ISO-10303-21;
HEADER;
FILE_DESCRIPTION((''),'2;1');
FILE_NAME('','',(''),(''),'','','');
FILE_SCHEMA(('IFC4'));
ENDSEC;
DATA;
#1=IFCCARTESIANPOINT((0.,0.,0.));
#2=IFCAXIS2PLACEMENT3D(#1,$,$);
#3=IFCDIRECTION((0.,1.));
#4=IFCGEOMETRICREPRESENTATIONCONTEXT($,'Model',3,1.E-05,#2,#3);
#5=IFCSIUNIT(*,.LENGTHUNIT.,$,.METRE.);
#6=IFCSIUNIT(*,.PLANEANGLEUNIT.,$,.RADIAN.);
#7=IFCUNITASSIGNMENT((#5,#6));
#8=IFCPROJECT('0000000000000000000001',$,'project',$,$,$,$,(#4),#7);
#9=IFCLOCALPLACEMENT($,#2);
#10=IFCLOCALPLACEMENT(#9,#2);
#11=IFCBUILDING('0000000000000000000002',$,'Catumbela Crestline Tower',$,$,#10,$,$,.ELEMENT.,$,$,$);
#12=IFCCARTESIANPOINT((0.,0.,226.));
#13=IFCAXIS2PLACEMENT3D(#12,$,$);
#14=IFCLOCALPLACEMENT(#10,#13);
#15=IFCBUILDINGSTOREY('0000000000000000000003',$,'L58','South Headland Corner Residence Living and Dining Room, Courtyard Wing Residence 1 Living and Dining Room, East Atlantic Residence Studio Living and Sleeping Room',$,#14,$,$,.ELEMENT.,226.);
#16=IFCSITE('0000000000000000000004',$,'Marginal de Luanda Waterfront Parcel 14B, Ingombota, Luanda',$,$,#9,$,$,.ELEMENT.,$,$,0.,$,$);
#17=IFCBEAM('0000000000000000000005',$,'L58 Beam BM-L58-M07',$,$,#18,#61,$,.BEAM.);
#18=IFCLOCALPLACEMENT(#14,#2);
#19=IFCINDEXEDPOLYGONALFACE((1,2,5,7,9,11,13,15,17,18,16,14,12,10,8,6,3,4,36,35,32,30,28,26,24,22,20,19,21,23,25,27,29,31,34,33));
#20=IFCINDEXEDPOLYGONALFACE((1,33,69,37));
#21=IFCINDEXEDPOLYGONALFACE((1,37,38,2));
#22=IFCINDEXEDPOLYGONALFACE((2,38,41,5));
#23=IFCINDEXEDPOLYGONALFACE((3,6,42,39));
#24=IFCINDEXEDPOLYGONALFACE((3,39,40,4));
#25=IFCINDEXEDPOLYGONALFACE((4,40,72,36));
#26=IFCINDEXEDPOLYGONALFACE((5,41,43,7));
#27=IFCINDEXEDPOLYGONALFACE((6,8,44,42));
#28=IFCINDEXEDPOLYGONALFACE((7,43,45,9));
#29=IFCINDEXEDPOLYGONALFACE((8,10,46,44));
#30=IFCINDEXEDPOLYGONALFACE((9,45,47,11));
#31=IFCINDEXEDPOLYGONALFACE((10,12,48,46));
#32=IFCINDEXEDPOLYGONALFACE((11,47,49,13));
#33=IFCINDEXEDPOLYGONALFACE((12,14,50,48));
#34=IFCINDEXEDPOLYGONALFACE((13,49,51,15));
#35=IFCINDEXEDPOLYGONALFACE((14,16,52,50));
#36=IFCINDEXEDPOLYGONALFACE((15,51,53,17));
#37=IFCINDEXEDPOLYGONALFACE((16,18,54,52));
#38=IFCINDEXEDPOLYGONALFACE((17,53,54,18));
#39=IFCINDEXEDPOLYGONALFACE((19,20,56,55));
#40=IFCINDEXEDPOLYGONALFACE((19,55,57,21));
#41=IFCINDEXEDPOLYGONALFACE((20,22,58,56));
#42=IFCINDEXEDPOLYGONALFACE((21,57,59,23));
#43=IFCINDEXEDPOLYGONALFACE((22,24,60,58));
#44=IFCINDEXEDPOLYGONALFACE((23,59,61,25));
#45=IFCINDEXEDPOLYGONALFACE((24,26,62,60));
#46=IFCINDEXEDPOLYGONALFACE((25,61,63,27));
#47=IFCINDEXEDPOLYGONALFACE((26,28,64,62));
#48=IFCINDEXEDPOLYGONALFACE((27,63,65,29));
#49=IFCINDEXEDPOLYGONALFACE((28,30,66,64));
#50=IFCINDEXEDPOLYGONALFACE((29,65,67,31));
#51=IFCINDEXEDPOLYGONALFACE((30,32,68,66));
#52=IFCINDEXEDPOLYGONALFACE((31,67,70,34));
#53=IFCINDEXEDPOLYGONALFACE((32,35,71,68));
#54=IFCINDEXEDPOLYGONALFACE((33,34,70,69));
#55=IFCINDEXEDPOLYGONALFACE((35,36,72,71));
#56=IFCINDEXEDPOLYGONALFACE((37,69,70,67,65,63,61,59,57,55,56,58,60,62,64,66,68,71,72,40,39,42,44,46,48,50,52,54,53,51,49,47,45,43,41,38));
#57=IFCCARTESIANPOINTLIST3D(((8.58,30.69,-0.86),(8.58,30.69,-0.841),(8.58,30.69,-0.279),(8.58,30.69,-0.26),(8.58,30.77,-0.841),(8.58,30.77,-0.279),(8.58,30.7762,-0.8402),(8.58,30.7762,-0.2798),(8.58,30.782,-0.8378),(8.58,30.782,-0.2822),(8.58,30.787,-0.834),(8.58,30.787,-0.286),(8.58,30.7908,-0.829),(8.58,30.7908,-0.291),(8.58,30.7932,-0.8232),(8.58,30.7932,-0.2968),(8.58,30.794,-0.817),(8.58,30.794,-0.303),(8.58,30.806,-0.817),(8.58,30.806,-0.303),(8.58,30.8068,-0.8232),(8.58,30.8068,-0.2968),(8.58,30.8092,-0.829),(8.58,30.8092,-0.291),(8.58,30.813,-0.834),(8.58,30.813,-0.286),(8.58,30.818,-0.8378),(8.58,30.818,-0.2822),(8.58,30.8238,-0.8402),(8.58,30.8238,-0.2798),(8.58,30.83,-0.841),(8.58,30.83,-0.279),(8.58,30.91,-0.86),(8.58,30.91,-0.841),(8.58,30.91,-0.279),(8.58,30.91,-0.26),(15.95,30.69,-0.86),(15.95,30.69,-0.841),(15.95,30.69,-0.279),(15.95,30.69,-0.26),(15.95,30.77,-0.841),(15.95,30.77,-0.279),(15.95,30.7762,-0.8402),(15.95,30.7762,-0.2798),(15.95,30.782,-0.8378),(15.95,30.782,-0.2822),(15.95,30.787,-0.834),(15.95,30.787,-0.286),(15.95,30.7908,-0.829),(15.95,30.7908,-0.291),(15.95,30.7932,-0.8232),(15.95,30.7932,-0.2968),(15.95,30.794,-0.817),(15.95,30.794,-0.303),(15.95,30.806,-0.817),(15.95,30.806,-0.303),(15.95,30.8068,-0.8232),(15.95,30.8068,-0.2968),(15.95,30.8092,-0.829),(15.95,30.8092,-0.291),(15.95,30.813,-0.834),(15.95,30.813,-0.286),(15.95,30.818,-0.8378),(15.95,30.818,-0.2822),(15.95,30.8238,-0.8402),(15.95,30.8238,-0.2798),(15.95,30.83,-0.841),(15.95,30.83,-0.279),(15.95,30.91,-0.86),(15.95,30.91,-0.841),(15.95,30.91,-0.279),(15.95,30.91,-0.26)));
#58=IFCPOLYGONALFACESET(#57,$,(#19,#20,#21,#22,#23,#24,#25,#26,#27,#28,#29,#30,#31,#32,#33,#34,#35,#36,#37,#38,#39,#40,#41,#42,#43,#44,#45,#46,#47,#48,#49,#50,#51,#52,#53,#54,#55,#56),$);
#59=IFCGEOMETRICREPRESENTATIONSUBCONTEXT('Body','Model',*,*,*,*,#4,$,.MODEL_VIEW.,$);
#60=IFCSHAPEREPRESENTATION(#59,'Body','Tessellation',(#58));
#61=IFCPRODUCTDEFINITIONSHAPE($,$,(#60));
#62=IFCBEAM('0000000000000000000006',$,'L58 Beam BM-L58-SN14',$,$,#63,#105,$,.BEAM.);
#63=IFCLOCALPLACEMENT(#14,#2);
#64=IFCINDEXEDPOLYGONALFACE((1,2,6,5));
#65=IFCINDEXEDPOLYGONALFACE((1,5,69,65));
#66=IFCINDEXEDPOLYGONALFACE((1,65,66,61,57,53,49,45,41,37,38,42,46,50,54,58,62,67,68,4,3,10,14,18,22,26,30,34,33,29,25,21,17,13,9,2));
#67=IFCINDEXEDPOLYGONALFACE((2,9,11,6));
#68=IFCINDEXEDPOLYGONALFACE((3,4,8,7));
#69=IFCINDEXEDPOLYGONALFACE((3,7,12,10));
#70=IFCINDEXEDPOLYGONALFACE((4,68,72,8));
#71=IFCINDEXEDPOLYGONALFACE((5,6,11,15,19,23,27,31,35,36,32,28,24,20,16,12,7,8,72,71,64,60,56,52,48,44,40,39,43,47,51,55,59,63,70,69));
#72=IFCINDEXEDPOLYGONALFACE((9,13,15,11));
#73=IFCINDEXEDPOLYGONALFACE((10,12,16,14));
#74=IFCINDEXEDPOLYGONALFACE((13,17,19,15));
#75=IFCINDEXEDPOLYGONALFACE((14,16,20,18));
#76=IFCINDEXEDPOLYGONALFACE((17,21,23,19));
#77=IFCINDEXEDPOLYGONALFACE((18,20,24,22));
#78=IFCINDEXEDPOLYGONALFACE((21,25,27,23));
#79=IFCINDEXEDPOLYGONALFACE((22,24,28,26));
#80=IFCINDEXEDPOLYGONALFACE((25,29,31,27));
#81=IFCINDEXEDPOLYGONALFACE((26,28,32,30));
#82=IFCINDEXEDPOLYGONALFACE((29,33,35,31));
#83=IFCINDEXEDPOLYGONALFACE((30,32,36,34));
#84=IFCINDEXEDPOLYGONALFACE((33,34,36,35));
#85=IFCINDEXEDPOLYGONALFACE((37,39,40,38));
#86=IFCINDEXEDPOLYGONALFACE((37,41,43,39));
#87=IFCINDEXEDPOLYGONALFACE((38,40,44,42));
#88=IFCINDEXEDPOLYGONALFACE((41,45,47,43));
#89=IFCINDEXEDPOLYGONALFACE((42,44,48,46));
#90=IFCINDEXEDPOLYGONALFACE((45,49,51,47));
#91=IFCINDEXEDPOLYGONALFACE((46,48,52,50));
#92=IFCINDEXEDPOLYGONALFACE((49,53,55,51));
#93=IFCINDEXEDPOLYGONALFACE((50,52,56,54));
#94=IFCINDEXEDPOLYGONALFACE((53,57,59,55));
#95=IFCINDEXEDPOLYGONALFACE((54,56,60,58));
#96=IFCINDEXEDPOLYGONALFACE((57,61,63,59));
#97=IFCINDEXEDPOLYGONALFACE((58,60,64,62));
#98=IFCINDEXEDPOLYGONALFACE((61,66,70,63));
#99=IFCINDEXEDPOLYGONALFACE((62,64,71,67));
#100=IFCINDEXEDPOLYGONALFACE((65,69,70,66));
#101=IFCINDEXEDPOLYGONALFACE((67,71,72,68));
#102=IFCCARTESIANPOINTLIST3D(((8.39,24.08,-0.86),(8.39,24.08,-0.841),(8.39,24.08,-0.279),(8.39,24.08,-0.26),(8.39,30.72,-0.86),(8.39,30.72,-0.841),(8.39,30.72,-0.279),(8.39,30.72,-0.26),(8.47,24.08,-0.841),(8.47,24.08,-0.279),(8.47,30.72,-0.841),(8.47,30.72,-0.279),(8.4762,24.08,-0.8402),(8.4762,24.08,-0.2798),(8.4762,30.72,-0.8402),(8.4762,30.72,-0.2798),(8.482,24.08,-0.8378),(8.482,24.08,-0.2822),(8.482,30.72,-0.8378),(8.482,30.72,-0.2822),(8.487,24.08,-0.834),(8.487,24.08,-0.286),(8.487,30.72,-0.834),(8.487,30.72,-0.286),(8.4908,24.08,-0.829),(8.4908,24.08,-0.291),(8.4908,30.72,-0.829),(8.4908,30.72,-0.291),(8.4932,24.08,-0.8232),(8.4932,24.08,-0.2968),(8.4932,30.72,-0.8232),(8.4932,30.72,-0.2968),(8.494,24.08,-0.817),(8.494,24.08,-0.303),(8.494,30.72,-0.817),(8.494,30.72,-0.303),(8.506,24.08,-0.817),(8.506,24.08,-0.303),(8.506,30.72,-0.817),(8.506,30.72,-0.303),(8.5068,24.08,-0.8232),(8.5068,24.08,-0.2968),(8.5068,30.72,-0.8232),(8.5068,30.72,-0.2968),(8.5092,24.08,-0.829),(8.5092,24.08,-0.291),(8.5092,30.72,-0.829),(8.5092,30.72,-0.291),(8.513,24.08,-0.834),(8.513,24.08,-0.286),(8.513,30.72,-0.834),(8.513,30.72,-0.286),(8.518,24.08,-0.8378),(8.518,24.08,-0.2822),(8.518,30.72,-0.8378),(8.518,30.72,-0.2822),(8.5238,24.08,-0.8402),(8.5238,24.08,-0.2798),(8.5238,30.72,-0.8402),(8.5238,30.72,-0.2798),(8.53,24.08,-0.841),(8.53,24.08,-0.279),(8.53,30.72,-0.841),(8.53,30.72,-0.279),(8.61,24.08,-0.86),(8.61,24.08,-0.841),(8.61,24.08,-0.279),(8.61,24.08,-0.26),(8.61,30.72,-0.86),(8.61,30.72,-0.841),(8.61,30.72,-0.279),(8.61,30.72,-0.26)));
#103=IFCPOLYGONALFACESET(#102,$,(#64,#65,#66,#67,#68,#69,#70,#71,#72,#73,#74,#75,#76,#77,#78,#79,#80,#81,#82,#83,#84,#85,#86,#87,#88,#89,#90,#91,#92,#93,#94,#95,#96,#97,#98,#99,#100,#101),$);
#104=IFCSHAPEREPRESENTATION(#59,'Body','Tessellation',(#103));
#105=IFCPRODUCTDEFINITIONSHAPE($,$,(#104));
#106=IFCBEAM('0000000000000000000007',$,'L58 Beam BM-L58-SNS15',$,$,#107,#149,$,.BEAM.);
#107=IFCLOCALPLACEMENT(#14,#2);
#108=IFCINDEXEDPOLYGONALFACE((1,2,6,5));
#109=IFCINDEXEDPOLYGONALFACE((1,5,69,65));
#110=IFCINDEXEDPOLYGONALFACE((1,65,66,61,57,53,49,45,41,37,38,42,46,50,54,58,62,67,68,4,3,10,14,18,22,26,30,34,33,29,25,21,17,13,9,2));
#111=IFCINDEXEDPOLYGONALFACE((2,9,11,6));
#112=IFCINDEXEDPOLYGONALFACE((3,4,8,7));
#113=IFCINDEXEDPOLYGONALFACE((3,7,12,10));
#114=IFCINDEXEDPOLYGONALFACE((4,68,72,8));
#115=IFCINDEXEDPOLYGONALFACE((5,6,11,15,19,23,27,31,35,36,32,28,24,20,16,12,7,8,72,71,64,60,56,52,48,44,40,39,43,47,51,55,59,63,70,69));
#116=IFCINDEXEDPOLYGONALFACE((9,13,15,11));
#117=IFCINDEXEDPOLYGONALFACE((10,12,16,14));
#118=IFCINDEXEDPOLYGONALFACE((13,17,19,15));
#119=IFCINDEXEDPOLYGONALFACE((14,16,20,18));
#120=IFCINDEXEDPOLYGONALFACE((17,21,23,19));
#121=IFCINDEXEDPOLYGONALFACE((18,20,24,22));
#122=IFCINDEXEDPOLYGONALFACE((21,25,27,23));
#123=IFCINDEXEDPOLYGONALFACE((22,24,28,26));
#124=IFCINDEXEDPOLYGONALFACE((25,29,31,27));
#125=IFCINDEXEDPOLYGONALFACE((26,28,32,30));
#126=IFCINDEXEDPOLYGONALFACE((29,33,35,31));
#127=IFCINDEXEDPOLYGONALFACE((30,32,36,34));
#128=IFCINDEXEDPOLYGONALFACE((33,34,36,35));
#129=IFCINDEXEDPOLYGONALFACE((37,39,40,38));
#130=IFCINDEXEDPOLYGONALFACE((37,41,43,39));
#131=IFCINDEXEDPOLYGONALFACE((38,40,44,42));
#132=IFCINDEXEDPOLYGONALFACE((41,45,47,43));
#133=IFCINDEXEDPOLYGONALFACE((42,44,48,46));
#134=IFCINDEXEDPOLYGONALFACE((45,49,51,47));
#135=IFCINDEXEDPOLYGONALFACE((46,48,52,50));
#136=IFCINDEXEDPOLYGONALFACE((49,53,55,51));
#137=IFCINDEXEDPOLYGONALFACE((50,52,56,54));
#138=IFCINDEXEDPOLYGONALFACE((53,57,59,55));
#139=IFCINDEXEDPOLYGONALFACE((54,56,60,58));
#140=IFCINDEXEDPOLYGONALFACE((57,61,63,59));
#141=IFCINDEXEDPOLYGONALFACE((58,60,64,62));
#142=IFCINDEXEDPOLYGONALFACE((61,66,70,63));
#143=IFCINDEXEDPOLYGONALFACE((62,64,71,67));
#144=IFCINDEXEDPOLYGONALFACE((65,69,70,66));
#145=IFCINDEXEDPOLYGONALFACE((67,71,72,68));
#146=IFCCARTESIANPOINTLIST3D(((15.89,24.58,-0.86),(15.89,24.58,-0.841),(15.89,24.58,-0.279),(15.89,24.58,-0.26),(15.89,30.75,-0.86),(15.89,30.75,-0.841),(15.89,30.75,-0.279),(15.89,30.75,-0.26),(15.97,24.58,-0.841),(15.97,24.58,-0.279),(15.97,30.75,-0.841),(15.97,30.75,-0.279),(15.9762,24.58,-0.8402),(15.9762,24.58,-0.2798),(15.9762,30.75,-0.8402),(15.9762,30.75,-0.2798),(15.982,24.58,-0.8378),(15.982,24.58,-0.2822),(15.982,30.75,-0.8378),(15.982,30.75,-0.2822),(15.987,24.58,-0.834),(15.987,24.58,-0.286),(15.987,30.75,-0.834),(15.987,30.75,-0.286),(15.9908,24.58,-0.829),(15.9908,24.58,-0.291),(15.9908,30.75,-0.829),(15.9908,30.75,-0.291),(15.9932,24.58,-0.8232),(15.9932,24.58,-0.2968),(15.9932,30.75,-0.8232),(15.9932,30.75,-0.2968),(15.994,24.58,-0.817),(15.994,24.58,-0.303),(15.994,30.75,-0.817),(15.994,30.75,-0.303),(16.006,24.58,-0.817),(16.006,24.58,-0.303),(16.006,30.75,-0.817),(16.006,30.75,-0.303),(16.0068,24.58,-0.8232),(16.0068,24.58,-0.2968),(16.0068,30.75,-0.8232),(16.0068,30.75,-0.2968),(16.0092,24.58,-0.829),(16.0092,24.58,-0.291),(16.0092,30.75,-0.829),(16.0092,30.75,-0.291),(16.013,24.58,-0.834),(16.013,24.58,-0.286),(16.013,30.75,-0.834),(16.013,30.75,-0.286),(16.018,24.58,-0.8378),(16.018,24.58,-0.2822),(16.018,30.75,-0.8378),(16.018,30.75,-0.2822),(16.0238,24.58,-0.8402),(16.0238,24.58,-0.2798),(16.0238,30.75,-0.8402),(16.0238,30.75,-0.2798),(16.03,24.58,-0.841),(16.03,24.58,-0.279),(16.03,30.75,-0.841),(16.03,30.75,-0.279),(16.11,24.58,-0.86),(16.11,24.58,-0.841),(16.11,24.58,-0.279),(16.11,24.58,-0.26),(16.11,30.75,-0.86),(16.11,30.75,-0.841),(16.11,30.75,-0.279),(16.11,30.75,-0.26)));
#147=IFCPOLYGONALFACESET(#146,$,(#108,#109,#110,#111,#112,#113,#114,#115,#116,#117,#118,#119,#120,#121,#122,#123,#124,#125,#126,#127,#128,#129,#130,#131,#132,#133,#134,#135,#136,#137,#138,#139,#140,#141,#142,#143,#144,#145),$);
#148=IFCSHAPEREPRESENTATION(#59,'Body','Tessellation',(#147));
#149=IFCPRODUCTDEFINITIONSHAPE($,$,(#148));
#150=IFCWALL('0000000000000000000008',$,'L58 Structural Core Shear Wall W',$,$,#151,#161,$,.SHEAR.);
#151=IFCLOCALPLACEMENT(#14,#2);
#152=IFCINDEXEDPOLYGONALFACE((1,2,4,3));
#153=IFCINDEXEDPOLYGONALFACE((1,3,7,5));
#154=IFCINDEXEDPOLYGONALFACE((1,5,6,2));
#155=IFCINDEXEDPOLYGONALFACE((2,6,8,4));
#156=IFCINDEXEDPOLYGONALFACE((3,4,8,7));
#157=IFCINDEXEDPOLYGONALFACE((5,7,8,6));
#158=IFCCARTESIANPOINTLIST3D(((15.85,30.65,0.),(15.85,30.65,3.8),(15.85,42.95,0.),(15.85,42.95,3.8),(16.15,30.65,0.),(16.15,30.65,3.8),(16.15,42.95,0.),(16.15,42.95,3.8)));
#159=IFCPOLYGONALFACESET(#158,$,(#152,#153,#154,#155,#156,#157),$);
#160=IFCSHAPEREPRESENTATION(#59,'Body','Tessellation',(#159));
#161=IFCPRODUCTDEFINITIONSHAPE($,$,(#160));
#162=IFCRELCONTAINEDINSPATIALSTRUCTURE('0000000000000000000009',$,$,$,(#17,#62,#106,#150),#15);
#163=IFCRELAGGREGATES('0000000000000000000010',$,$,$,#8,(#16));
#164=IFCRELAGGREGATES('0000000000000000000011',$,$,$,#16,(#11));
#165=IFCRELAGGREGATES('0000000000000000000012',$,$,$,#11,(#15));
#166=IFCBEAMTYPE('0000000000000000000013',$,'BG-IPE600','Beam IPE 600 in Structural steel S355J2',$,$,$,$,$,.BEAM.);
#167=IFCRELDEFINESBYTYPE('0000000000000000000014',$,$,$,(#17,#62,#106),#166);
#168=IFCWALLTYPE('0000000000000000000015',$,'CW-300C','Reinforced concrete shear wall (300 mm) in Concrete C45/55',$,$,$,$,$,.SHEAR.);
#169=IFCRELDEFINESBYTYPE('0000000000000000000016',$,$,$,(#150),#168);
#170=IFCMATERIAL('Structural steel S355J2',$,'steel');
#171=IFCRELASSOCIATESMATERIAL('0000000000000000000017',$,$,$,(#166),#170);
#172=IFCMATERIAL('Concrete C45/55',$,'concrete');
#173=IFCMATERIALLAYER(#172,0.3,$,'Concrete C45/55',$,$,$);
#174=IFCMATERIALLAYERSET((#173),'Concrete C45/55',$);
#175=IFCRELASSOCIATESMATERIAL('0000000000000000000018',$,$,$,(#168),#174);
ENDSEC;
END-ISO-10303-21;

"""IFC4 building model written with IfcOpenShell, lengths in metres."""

from ifc_helpers import new_model, si_unit, direction, frame, frame_2d, origin, origin_2d, place, context, subcontext, project, spatial, rectangle, i_section, extrude, material, layer, layer_set, material_profile, profile_set, type_object, element, save


model = new_model("IFC4")

# Units and contexts
model_context = context("Model", 3, precision=1e-05, world=origin(), true_north=direction((0.0, 1.0)))
body_context = subcontext(model_context, "Body", "Model", "MODEL_VIEW")
ifc_project = project(units=[si_unit("LENGTHUNIT", "METRE"), si_unit("PLANEANGLEUNIT", "RADIAN")], contexts=[model_context])

# Site, building, storey
site_placement = place(None, origin())
site = spatial("IfcSite", under=ifc_project, at=site_placement, Name="Marginal de Luanda Waterfront Parcel 14B, Ingombota, Luanda", CompositionType="ELEMENT", RefElevation=0.0)
building_placement = place(site_placement, origin())
building = spatial("IfcBuilding", under=site, at=building_placement, Name="Catumbela Crestline Tower", CompositionType="ELEMENT")
storey_placement = place(building_placement, frame((0.0, 0.0, 226.0)))
storey = spatial("IfcBuildingStorey", under=building, at=storey_placement, Name="L58", Description="South Headland Corner Residence Living and Dining Room, Courtyard Wing Residence 1 Living and Dining Room, East Atlantic Residence Studio Living and Sleeping Room", CompositionType="ELEMENT", Elevation=226.0)

# Shared definitions
ifc_material_1 = material(Name="Concrete C45/55", Category="concrete")
ifc_material_2 = material(Name="Structural steel S355J2", Category="steel")

# Beams
ifc_material_profile_1 = material_profile(ifc_material_2, i_section(OverallWidth=0.22, OverallDepth=0.6, WebThickness=0.012, FlangeThickness=0.019, FilletRadius=0.024, at=origin_2d()), Name="IPE 600")
ifc_profile_set_1 = profile_set([ifc_material_profile_1], Name="Structural steel S355J2")
beam_type = type_object("IfcBeamType", Name="BG-IPE600", Description="Beam IPE 600 in Structural steel S355J2", PredefinedType="BEAM", material=ifc_profile_set_1)
beam_1_placement = place(storey_placement, frame((8.58, 30.8, -0.56), z_axis=(1.0, 0.0, 0.0), x_axis=(0.0, 1.0, 0.0)))
element("IfcBeam", 1, at=beam_1_placement, inside=storey, type_object=beam_type, Name="L58 Beam BM-L58-M07", PredefinedType="BEAM", context=body_context, shape_type="SweptSolid", body=[
    extrude(i_section(OverallWidth=0.22, OverallDepth=0.6, WebThickness=0.012, FlangeThickness=0.019, FilletRadius=0.024, at=origin_2d()), origin(), (0.0, 0.0, 1.0), 7.37),
])
beam_2_placement = place(storey_placement, frame((8.5, 24.08, -0.56), z_axis=(0.0, 1.0, 0.0), x_axis=(-1.0, 0.0, 0.0)))
element("IfcBeam", 2, at=beam_2_placement, inside=storey, type_object=beam_type, Name="L58 Beam BM-L58-SN14", PredefinedType="BEAM", context=body_context, shape_type="SweptSolid", body=[
    extrude(i_section(OverallWidth=0.22, OverallDepth=0.6, WebThickness=0.012, FlangeThickness=0.019, FilletRadius=0.024, at=origin_2d()), origin(), (0.0, 0.0, 1.0), 6.64),
])
beam_3_placement = place(storey_placement, frame((16.0, 24.58, -0.56), z_axis=(0.0, 1.0, 0.0), x_axis=(-1.0, 0.0, 0.0)))
element("IfcBeam", 3, at=beam_3_placement, inside=storey, type_object=beam_type, Name="L58 Beam BM-L58-SNS15", PredefinedType="BEAM", context=body_context, shape_type="SweptSolid", body=[
    extrude(i_section(OverallWidth=0.22, OverallDepth=0.6, WebThickness=0.012, FlangeThickness=0.019, FilletRadius=0.024, at=origin_2d()), origin(), (0.0, 0.0, 1.0), 6.17),
])

# Wall
ifc_layer_1 = layer(ifc_material_1, 0.3, Name="Concrete C45/55")
ifc_layer_set_1 = layer_set([ifc_layer_1], Name="Concrete C45/55")
wall_type_1 = type_object("IfcWallType", Name="CW-300C", Description="Reinforced concrete shear wall (300 mm) in Concrete C45/55", PredefinedType="SHEAR", material=ifc_layer_set_1)
wall_1_placement = place(storey_placement, frame((16.0, 30.65, 0.0), z_axis=(0.0, 0.0, 1.0), x_axis=(0.0, 1.0, 0.0)))
element("IfcWall", 4, at=wall_1_placement, inside=storey, type_object=wall_type_1, Name="L58 Structural Core Shear Wall W", PredefinedType="SHEAR", context=body_context, shape_type="SweptSolid", body=[
    extrude(rectangle(XDim=12.3, YDim=0.3, at=frame_2d((6.15, 0.0))), origin(), (0.0, 0.0, 1.0), 3.8),
])

save(model, "model.ifc")
